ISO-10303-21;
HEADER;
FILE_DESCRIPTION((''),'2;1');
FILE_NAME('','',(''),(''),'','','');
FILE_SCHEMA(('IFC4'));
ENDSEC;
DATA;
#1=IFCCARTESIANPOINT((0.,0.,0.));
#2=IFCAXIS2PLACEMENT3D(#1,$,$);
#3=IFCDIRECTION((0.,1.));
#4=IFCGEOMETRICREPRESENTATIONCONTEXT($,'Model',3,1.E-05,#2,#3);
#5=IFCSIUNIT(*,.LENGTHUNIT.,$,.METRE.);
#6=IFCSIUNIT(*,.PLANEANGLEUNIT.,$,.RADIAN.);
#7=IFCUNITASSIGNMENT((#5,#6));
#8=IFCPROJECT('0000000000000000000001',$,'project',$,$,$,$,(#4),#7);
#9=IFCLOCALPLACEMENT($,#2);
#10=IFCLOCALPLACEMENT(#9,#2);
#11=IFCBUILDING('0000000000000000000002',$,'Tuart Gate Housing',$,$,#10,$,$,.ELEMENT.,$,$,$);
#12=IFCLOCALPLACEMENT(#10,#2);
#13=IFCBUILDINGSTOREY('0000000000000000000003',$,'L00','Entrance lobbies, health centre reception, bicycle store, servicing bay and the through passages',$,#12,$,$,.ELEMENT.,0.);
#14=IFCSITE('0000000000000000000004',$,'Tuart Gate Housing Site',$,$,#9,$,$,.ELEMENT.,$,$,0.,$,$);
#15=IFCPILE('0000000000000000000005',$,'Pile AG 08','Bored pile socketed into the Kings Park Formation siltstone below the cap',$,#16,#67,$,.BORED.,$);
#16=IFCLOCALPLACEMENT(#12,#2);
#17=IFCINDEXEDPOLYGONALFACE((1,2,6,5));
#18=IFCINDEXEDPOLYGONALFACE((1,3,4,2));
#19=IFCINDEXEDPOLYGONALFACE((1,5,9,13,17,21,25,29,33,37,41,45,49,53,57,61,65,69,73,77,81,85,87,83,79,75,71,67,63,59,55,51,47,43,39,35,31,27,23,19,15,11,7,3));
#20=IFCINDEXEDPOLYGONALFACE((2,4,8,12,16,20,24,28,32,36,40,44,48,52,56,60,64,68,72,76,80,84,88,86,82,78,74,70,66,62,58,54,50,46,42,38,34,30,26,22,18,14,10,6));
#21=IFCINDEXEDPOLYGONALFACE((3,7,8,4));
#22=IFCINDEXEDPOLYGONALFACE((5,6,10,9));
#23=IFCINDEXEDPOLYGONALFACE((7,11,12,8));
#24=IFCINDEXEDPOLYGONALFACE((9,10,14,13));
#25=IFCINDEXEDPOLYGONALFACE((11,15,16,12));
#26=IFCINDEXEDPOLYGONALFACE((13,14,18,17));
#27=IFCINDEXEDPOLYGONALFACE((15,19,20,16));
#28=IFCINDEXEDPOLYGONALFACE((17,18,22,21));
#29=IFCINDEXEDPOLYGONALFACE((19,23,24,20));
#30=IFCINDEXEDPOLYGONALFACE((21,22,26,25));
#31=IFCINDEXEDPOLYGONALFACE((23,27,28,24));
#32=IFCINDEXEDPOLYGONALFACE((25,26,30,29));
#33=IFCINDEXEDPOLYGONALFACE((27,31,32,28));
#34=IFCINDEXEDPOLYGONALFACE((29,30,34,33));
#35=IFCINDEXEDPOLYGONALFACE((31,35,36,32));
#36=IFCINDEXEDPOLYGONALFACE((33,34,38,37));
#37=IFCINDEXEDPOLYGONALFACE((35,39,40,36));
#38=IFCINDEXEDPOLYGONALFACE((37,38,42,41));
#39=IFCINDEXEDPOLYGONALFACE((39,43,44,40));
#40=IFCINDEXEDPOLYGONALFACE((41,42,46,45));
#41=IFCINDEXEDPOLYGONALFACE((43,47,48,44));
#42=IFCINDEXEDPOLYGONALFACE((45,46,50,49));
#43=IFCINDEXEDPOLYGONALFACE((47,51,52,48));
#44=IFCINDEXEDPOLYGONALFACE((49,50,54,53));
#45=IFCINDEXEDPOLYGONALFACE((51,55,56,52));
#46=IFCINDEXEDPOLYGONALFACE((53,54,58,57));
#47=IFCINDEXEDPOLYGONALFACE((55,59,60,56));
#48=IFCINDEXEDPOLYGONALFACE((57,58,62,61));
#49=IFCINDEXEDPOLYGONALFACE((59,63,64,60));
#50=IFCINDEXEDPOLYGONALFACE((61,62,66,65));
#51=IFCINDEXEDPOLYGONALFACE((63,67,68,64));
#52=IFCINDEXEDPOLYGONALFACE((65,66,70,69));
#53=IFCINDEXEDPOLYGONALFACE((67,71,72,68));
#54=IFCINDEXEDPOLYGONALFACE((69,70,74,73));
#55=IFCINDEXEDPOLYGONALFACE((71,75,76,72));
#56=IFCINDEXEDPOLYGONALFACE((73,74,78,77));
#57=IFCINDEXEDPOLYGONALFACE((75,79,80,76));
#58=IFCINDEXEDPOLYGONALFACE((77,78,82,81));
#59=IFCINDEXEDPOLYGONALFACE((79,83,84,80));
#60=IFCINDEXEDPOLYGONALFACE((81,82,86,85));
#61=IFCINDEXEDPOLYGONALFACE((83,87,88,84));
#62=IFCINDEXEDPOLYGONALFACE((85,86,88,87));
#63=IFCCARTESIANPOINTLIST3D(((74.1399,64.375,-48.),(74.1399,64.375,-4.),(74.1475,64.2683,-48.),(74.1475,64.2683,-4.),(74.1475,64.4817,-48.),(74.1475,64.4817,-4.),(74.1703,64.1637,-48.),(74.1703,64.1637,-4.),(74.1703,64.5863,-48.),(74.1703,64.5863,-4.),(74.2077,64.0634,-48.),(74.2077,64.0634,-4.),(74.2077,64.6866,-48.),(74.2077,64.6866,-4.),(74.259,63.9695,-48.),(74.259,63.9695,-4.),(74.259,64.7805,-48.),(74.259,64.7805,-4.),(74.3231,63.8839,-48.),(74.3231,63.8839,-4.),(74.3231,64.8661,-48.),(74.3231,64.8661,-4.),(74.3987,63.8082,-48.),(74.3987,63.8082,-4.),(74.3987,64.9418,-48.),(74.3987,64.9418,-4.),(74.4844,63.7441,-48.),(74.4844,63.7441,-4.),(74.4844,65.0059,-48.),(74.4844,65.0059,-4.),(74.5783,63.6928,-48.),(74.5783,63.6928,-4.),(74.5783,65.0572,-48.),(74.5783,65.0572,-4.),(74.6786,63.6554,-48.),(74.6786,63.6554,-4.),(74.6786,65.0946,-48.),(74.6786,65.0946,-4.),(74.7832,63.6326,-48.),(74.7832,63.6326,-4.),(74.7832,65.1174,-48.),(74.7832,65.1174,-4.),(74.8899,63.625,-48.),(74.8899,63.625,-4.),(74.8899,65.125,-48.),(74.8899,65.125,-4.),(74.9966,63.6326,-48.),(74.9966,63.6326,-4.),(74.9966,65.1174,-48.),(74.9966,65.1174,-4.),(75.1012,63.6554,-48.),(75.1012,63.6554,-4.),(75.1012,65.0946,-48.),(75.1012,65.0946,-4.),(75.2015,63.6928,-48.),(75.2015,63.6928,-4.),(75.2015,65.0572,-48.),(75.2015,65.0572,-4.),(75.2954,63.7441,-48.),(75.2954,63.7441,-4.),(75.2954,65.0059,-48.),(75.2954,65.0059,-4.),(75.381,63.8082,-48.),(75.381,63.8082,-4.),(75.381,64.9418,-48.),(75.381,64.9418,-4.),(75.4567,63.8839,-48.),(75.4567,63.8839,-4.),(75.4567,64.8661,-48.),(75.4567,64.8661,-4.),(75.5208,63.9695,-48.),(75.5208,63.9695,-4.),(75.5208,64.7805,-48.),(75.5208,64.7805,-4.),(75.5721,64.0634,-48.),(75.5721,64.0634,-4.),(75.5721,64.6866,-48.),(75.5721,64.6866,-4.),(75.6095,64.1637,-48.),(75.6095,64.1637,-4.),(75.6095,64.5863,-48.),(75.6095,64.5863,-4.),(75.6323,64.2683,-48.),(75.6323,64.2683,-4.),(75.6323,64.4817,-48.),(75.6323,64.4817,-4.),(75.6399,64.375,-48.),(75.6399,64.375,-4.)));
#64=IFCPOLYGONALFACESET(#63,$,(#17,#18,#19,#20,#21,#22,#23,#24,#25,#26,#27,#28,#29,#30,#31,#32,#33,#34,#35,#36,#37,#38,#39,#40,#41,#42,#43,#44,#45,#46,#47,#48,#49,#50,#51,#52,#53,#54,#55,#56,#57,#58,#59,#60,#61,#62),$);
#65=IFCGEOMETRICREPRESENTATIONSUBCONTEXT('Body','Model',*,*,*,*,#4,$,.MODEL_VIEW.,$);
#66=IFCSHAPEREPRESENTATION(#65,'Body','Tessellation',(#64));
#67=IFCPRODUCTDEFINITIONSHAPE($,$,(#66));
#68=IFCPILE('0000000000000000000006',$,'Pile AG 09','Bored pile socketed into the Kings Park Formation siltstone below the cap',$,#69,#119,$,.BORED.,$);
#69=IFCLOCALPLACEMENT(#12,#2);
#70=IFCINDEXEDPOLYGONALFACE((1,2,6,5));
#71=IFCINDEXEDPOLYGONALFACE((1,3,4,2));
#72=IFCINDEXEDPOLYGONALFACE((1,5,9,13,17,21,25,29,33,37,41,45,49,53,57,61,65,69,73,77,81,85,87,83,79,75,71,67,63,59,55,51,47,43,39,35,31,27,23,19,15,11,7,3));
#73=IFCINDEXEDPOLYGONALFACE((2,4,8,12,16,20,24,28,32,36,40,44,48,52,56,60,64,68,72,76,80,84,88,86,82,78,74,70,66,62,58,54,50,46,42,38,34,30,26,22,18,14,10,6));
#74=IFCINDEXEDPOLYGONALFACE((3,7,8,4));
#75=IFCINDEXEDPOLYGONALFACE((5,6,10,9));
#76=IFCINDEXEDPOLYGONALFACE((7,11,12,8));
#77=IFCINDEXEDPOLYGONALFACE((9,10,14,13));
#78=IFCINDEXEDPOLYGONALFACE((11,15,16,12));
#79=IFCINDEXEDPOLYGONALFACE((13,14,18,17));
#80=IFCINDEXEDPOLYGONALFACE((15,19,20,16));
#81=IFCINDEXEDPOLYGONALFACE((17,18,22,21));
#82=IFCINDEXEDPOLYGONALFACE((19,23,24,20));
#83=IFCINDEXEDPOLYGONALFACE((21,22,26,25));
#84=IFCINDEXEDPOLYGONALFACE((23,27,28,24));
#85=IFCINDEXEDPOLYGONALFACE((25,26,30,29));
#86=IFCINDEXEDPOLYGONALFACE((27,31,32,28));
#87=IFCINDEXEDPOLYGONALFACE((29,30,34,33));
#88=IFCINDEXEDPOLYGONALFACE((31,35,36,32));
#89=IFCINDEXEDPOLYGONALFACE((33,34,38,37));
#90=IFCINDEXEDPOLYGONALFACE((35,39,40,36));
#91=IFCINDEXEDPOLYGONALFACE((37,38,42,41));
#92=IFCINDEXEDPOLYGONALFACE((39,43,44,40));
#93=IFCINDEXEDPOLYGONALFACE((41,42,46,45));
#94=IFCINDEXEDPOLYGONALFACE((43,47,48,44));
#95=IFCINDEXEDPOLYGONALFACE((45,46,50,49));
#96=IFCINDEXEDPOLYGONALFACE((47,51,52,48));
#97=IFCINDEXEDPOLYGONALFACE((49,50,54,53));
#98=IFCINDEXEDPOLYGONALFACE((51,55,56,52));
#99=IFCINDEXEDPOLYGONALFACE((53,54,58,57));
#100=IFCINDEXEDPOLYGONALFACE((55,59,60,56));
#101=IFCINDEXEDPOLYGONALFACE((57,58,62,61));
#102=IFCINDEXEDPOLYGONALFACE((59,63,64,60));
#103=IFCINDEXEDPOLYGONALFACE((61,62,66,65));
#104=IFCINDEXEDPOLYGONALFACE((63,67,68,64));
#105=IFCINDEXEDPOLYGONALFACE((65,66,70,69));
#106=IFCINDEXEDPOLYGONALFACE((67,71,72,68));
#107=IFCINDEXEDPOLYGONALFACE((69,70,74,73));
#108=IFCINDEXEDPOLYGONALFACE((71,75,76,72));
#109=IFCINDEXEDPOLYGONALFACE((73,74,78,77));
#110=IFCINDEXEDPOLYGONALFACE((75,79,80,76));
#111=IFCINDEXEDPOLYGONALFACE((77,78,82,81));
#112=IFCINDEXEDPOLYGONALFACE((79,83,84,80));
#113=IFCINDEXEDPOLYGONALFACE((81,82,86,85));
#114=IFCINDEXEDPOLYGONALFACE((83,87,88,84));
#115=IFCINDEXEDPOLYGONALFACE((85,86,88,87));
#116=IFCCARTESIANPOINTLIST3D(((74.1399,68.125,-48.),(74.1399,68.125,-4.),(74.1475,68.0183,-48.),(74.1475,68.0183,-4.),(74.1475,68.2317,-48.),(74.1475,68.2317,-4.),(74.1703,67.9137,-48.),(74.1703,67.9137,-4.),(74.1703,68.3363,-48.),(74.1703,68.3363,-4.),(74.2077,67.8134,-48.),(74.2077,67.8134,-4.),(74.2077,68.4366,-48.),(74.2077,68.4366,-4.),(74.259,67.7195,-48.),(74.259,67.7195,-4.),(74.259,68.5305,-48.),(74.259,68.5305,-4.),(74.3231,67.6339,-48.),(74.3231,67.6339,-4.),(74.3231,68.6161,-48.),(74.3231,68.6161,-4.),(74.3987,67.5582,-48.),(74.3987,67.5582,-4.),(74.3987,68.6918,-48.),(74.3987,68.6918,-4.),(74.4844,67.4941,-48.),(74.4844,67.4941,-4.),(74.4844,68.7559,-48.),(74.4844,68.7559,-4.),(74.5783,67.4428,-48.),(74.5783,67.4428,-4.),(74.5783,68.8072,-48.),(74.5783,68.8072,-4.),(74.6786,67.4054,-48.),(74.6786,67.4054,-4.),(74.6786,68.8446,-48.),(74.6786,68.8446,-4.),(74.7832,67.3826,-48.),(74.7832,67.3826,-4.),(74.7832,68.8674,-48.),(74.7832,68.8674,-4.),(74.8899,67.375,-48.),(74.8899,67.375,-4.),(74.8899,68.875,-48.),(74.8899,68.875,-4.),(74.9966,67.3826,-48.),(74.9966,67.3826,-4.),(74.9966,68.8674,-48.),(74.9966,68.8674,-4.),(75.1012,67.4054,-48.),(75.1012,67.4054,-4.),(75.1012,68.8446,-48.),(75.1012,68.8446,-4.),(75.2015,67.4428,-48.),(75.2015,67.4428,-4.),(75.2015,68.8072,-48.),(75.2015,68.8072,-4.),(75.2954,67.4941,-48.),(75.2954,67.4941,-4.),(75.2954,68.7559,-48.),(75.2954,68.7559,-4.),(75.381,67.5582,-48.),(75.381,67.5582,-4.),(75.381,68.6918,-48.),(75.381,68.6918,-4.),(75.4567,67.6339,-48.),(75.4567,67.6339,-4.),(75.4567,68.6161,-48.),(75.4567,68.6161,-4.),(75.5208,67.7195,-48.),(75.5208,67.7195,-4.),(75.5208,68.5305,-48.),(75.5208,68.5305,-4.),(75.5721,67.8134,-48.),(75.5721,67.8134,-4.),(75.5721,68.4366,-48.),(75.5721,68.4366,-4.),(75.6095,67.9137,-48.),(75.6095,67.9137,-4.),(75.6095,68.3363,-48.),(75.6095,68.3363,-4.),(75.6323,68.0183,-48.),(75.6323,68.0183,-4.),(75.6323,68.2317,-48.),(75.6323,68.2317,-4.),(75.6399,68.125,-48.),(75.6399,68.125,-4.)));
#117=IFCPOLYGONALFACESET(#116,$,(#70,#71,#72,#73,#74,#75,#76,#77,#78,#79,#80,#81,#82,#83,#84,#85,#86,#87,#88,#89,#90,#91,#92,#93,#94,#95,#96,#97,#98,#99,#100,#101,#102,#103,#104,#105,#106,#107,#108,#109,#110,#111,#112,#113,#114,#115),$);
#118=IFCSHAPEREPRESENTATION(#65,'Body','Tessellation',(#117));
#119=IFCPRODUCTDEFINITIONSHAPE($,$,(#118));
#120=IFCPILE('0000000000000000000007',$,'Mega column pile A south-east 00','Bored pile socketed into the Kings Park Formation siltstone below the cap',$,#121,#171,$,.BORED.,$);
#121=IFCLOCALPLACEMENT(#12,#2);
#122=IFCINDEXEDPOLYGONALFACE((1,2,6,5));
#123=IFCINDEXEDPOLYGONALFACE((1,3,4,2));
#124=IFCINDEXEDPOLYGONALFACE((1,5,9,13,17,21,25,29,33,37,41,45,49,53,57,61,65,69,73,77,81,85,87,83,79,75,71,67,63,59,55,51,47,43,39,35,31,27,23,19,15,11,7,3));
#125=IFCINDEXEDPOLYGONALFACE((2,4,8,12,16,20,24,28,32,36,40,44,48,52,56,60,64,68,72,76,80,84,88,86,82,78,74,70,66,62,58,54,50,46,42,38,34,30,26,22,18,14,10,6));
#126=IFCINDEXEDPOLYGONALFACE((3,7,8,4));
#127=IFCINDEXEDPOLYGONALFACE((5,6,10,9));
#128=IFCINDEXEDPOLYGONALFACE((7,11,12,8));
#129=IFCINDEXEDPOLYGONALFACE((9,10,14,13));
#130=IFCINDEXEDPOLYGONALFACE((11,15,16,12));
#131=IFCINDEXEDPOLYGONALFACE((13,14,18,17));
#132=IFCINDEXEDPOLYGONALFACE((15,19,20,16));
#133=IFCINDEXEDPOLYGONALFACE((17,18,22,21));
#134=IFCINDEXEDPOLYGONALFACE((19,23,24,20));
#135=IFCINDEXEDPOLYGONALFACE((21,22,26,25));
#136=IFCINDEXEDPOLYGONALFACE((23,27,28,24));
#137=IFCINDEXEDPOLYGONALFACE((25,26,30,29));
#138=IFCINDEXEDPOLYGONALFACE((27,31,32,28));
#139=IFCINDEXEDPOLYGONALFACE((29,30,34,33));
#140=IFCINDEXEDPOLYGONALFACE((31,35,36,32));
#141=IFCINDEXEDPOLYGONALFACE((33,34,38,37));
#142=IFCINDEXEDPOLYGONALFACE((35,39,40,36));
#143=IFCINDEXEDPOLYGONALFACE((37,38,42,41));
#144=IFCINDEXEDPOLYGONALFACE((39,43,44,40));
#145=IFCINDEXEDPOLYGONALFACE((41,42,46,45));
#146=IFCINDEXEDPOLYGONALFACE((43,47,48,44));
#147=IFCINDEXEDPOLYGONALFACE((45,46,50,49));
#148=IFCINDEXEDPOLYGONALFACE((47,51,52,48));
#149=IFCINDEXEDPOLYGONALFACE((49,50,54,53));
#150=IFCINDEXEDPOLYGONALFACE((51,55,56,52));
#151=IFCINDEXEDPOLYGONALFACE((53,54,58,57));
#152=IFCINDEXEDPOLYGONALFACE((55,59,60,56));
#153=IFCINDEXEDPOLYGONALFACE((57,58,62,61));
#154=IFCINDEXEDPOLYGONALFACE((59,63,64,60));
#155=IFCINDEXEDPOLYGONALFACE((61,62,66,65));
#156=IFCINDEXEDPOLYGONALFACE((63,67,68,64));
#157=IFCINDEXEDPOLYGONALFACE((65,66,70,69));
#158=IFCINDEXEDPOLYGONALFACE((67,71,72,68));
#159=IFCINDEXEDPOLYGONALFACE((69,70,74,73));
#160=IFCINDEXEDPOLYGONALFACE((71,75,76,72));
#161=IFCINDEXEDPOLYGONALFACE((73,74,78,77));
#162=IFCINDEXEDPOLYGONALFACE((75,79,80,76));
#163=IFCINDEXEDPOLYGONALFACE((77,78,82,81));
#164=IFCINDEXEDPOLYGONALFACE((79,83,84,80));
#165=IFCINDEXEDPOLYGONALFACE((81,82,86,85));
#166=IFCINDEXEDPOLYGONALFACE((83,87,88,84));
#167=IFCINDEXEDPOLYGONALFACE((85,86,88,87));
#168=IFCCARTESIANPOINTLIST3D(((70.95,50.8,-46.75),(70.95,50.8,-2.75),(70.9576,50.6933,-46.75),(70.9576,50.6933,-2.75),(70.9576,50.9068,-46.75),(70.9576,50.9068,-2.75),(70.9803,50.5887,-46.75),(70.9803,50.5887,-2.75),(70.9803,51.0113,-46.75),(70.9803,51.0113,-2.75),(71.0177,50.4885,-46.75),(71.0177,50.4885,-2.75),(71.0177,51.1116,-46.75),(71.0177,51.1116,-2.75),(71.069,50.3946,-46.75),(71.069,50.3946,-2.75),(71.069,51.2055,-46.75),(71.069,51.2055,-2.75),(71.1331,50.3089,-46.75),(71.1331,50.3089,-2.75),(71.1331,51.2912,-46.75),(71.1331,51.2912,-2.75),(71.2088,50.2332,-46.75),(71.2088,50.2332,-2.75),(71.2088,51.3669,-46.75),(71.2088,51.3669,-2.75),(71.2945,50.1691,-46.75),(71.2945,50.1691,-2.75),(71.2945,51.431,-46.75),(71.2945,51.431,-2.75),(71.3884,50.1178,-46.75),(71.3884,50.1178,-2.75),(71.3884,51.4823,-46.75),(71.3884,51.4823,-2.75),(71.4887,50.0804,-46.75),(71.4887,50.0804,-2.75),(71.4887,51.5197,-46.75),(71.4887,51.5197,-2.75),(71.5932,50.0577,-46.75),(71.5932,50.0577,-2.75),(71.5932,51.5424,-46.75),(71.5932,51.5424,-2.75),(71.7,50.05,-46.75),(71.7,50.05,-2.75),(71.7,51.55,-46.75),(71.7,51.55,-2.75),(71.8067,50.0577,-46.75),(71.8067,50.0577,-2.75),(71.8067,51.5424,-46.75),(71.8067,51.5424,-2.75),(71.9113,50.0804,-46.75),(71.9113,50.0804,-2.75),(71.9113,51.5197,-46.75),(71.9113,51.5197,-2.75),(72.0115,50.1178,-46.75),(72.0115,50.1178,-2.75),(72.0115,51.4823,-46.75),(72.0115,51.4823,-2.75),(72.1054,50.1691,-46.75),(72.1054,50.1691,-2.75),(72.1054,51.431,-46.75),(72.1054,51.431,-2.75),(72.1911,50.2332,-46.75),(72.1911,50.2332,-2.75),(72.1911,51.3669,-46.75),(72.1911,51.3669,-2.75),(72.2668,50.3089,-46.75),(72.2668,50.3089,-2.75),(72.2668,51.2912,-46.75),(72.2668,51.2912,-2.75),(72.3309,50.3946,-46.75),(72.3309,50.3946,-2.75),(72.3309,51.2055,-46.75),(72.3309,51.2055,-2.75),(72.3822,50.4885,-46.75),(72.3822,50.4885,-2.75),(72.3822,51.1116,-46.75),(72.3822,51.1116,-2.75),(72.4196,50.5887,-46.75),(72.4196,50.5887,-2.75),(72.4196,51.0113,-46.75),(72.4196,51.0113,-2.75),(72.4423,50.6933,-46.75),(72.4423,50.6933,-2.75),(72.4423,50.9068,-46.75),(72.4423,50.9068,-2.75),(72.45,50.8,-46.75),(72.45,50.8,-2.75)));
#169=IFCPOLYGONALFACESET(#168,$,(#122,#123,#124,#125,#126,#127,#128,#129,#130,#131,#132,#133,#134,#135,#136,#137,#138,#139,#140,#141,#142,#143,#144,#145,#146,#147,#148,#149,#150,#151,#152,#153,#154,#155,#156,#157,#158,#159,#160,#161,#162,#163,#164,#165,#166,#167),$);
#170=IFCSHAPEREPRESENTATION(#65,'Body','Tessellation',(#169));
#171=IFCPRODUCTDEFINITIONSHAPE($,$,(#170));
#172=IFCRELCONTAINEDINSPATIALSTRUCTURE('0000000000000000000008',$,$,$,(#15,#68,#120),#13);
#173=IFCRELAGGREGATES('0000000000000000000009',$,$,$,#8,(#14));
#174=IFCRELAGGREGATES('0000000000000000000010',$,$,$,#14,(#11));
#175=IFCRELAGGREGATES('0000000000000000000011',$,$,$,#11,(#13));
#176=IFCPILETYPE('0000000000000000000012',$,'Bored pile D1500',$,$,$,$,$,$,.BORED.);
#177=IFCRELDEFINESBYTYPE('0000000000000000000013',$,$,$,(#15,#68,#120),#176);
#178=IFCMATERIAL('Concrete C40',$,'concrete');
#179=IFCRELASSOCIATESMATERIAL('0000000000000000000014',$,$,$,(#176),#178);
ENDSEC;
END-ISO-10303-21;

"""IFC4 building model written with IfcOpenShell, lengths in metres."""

from ifc_helpers import new_model, si_unit, direction, frame, origin, origin_2d, place, context, subcontext, project, spatial, circle, extrude, material, material_profile, profile_set, type_object, element, save


model = new_model("IFC4")

# Units and contexts
model_context = context("Model", 3, precision=1e-05, world=origin(), true_north=direction((0.0, 1.0)))
body_context = subcontext(model_context, "Body", "Model", "MODEL_VIEW")
ifc_project = project(units=[si_unit("LENGTHUNIT", "METRE"), si_unit("PLANEANGLEUNIT", "RADIAN")], contexts=[model_context])

# Site, building, storey
site_placement = place(None, origin())
site = spatial("IfcSite", under=ifc_project, at=site_placement, Name="Tuart Gate Housing Site", CompositionType="ELEMENT", RefElevation=0.0)
building_placement = place(site_placement, origin())
building = spatial("IfcBuilding", under=site, at=building_placement, Name="Tuart Gate Housing", CompositionType="ELEMENT")
storey_placement = place(building_placement, origin())
storey = spatial("IfcBuildingStorey", under=building, at=storey_placement, Name="L00", Description="Entrance lobbies, health centre reception, bicycle store, servicing bay and the through passages", CompositionType="ELEMENT", Elevation=0.0)

# Piles
ifc_material_1 = material(Name="Concrete C40", Category="concrete")
ifc_material_profile_1 = material_profile(ifc_material_1, circle(Radius=0.75, at=origin_2d()), Name="Bored pile D1500")
ifc_profile_set_1 = profile_set([ifc_material_profile_1], Name="Concrete C40")
pile_type = type_object("IfcPileType", Name="Bored pile D1500", PredefinedType="BORED", material=ifc_profile_set_1)
for number, where, z_axis, x_axis, name in (
    (1, (74.8899, 64.375, -4.0), (0.0, 0.0, -1.0), (1.0, 0.0, 0.0), "Pile AG 08"),
    (2, (74.8899, 68.125, -4.0), (0.0, 0.0, -1.0), (1.0, 0.0, 0.0), "Pile AG 09"),
    (3, (71.7, 50.8, -2.75), (0.0, 0.0, -1.0), (1.0, 0.0, 0.0), "Mega column pile A south-east 00"),
):
    element("IfcPile", number, at=place(storey_placement, frame(where, z_axis=z_axis, x_axis=x_axis)), inside=storey, type_object=pile_type, Name=name, Description="Bored pile socketed into the Kings Park Formation siltstone below the cap", PredefinedType="BORED", context=body_context, shape_type="SweptSolid", body=[
        extrude(circle(Radius=0.75, at=origin_2d()), origin(), (0.0, 0.0, 1.0), 44.0),
    ])

save(model, "model.ifc")
